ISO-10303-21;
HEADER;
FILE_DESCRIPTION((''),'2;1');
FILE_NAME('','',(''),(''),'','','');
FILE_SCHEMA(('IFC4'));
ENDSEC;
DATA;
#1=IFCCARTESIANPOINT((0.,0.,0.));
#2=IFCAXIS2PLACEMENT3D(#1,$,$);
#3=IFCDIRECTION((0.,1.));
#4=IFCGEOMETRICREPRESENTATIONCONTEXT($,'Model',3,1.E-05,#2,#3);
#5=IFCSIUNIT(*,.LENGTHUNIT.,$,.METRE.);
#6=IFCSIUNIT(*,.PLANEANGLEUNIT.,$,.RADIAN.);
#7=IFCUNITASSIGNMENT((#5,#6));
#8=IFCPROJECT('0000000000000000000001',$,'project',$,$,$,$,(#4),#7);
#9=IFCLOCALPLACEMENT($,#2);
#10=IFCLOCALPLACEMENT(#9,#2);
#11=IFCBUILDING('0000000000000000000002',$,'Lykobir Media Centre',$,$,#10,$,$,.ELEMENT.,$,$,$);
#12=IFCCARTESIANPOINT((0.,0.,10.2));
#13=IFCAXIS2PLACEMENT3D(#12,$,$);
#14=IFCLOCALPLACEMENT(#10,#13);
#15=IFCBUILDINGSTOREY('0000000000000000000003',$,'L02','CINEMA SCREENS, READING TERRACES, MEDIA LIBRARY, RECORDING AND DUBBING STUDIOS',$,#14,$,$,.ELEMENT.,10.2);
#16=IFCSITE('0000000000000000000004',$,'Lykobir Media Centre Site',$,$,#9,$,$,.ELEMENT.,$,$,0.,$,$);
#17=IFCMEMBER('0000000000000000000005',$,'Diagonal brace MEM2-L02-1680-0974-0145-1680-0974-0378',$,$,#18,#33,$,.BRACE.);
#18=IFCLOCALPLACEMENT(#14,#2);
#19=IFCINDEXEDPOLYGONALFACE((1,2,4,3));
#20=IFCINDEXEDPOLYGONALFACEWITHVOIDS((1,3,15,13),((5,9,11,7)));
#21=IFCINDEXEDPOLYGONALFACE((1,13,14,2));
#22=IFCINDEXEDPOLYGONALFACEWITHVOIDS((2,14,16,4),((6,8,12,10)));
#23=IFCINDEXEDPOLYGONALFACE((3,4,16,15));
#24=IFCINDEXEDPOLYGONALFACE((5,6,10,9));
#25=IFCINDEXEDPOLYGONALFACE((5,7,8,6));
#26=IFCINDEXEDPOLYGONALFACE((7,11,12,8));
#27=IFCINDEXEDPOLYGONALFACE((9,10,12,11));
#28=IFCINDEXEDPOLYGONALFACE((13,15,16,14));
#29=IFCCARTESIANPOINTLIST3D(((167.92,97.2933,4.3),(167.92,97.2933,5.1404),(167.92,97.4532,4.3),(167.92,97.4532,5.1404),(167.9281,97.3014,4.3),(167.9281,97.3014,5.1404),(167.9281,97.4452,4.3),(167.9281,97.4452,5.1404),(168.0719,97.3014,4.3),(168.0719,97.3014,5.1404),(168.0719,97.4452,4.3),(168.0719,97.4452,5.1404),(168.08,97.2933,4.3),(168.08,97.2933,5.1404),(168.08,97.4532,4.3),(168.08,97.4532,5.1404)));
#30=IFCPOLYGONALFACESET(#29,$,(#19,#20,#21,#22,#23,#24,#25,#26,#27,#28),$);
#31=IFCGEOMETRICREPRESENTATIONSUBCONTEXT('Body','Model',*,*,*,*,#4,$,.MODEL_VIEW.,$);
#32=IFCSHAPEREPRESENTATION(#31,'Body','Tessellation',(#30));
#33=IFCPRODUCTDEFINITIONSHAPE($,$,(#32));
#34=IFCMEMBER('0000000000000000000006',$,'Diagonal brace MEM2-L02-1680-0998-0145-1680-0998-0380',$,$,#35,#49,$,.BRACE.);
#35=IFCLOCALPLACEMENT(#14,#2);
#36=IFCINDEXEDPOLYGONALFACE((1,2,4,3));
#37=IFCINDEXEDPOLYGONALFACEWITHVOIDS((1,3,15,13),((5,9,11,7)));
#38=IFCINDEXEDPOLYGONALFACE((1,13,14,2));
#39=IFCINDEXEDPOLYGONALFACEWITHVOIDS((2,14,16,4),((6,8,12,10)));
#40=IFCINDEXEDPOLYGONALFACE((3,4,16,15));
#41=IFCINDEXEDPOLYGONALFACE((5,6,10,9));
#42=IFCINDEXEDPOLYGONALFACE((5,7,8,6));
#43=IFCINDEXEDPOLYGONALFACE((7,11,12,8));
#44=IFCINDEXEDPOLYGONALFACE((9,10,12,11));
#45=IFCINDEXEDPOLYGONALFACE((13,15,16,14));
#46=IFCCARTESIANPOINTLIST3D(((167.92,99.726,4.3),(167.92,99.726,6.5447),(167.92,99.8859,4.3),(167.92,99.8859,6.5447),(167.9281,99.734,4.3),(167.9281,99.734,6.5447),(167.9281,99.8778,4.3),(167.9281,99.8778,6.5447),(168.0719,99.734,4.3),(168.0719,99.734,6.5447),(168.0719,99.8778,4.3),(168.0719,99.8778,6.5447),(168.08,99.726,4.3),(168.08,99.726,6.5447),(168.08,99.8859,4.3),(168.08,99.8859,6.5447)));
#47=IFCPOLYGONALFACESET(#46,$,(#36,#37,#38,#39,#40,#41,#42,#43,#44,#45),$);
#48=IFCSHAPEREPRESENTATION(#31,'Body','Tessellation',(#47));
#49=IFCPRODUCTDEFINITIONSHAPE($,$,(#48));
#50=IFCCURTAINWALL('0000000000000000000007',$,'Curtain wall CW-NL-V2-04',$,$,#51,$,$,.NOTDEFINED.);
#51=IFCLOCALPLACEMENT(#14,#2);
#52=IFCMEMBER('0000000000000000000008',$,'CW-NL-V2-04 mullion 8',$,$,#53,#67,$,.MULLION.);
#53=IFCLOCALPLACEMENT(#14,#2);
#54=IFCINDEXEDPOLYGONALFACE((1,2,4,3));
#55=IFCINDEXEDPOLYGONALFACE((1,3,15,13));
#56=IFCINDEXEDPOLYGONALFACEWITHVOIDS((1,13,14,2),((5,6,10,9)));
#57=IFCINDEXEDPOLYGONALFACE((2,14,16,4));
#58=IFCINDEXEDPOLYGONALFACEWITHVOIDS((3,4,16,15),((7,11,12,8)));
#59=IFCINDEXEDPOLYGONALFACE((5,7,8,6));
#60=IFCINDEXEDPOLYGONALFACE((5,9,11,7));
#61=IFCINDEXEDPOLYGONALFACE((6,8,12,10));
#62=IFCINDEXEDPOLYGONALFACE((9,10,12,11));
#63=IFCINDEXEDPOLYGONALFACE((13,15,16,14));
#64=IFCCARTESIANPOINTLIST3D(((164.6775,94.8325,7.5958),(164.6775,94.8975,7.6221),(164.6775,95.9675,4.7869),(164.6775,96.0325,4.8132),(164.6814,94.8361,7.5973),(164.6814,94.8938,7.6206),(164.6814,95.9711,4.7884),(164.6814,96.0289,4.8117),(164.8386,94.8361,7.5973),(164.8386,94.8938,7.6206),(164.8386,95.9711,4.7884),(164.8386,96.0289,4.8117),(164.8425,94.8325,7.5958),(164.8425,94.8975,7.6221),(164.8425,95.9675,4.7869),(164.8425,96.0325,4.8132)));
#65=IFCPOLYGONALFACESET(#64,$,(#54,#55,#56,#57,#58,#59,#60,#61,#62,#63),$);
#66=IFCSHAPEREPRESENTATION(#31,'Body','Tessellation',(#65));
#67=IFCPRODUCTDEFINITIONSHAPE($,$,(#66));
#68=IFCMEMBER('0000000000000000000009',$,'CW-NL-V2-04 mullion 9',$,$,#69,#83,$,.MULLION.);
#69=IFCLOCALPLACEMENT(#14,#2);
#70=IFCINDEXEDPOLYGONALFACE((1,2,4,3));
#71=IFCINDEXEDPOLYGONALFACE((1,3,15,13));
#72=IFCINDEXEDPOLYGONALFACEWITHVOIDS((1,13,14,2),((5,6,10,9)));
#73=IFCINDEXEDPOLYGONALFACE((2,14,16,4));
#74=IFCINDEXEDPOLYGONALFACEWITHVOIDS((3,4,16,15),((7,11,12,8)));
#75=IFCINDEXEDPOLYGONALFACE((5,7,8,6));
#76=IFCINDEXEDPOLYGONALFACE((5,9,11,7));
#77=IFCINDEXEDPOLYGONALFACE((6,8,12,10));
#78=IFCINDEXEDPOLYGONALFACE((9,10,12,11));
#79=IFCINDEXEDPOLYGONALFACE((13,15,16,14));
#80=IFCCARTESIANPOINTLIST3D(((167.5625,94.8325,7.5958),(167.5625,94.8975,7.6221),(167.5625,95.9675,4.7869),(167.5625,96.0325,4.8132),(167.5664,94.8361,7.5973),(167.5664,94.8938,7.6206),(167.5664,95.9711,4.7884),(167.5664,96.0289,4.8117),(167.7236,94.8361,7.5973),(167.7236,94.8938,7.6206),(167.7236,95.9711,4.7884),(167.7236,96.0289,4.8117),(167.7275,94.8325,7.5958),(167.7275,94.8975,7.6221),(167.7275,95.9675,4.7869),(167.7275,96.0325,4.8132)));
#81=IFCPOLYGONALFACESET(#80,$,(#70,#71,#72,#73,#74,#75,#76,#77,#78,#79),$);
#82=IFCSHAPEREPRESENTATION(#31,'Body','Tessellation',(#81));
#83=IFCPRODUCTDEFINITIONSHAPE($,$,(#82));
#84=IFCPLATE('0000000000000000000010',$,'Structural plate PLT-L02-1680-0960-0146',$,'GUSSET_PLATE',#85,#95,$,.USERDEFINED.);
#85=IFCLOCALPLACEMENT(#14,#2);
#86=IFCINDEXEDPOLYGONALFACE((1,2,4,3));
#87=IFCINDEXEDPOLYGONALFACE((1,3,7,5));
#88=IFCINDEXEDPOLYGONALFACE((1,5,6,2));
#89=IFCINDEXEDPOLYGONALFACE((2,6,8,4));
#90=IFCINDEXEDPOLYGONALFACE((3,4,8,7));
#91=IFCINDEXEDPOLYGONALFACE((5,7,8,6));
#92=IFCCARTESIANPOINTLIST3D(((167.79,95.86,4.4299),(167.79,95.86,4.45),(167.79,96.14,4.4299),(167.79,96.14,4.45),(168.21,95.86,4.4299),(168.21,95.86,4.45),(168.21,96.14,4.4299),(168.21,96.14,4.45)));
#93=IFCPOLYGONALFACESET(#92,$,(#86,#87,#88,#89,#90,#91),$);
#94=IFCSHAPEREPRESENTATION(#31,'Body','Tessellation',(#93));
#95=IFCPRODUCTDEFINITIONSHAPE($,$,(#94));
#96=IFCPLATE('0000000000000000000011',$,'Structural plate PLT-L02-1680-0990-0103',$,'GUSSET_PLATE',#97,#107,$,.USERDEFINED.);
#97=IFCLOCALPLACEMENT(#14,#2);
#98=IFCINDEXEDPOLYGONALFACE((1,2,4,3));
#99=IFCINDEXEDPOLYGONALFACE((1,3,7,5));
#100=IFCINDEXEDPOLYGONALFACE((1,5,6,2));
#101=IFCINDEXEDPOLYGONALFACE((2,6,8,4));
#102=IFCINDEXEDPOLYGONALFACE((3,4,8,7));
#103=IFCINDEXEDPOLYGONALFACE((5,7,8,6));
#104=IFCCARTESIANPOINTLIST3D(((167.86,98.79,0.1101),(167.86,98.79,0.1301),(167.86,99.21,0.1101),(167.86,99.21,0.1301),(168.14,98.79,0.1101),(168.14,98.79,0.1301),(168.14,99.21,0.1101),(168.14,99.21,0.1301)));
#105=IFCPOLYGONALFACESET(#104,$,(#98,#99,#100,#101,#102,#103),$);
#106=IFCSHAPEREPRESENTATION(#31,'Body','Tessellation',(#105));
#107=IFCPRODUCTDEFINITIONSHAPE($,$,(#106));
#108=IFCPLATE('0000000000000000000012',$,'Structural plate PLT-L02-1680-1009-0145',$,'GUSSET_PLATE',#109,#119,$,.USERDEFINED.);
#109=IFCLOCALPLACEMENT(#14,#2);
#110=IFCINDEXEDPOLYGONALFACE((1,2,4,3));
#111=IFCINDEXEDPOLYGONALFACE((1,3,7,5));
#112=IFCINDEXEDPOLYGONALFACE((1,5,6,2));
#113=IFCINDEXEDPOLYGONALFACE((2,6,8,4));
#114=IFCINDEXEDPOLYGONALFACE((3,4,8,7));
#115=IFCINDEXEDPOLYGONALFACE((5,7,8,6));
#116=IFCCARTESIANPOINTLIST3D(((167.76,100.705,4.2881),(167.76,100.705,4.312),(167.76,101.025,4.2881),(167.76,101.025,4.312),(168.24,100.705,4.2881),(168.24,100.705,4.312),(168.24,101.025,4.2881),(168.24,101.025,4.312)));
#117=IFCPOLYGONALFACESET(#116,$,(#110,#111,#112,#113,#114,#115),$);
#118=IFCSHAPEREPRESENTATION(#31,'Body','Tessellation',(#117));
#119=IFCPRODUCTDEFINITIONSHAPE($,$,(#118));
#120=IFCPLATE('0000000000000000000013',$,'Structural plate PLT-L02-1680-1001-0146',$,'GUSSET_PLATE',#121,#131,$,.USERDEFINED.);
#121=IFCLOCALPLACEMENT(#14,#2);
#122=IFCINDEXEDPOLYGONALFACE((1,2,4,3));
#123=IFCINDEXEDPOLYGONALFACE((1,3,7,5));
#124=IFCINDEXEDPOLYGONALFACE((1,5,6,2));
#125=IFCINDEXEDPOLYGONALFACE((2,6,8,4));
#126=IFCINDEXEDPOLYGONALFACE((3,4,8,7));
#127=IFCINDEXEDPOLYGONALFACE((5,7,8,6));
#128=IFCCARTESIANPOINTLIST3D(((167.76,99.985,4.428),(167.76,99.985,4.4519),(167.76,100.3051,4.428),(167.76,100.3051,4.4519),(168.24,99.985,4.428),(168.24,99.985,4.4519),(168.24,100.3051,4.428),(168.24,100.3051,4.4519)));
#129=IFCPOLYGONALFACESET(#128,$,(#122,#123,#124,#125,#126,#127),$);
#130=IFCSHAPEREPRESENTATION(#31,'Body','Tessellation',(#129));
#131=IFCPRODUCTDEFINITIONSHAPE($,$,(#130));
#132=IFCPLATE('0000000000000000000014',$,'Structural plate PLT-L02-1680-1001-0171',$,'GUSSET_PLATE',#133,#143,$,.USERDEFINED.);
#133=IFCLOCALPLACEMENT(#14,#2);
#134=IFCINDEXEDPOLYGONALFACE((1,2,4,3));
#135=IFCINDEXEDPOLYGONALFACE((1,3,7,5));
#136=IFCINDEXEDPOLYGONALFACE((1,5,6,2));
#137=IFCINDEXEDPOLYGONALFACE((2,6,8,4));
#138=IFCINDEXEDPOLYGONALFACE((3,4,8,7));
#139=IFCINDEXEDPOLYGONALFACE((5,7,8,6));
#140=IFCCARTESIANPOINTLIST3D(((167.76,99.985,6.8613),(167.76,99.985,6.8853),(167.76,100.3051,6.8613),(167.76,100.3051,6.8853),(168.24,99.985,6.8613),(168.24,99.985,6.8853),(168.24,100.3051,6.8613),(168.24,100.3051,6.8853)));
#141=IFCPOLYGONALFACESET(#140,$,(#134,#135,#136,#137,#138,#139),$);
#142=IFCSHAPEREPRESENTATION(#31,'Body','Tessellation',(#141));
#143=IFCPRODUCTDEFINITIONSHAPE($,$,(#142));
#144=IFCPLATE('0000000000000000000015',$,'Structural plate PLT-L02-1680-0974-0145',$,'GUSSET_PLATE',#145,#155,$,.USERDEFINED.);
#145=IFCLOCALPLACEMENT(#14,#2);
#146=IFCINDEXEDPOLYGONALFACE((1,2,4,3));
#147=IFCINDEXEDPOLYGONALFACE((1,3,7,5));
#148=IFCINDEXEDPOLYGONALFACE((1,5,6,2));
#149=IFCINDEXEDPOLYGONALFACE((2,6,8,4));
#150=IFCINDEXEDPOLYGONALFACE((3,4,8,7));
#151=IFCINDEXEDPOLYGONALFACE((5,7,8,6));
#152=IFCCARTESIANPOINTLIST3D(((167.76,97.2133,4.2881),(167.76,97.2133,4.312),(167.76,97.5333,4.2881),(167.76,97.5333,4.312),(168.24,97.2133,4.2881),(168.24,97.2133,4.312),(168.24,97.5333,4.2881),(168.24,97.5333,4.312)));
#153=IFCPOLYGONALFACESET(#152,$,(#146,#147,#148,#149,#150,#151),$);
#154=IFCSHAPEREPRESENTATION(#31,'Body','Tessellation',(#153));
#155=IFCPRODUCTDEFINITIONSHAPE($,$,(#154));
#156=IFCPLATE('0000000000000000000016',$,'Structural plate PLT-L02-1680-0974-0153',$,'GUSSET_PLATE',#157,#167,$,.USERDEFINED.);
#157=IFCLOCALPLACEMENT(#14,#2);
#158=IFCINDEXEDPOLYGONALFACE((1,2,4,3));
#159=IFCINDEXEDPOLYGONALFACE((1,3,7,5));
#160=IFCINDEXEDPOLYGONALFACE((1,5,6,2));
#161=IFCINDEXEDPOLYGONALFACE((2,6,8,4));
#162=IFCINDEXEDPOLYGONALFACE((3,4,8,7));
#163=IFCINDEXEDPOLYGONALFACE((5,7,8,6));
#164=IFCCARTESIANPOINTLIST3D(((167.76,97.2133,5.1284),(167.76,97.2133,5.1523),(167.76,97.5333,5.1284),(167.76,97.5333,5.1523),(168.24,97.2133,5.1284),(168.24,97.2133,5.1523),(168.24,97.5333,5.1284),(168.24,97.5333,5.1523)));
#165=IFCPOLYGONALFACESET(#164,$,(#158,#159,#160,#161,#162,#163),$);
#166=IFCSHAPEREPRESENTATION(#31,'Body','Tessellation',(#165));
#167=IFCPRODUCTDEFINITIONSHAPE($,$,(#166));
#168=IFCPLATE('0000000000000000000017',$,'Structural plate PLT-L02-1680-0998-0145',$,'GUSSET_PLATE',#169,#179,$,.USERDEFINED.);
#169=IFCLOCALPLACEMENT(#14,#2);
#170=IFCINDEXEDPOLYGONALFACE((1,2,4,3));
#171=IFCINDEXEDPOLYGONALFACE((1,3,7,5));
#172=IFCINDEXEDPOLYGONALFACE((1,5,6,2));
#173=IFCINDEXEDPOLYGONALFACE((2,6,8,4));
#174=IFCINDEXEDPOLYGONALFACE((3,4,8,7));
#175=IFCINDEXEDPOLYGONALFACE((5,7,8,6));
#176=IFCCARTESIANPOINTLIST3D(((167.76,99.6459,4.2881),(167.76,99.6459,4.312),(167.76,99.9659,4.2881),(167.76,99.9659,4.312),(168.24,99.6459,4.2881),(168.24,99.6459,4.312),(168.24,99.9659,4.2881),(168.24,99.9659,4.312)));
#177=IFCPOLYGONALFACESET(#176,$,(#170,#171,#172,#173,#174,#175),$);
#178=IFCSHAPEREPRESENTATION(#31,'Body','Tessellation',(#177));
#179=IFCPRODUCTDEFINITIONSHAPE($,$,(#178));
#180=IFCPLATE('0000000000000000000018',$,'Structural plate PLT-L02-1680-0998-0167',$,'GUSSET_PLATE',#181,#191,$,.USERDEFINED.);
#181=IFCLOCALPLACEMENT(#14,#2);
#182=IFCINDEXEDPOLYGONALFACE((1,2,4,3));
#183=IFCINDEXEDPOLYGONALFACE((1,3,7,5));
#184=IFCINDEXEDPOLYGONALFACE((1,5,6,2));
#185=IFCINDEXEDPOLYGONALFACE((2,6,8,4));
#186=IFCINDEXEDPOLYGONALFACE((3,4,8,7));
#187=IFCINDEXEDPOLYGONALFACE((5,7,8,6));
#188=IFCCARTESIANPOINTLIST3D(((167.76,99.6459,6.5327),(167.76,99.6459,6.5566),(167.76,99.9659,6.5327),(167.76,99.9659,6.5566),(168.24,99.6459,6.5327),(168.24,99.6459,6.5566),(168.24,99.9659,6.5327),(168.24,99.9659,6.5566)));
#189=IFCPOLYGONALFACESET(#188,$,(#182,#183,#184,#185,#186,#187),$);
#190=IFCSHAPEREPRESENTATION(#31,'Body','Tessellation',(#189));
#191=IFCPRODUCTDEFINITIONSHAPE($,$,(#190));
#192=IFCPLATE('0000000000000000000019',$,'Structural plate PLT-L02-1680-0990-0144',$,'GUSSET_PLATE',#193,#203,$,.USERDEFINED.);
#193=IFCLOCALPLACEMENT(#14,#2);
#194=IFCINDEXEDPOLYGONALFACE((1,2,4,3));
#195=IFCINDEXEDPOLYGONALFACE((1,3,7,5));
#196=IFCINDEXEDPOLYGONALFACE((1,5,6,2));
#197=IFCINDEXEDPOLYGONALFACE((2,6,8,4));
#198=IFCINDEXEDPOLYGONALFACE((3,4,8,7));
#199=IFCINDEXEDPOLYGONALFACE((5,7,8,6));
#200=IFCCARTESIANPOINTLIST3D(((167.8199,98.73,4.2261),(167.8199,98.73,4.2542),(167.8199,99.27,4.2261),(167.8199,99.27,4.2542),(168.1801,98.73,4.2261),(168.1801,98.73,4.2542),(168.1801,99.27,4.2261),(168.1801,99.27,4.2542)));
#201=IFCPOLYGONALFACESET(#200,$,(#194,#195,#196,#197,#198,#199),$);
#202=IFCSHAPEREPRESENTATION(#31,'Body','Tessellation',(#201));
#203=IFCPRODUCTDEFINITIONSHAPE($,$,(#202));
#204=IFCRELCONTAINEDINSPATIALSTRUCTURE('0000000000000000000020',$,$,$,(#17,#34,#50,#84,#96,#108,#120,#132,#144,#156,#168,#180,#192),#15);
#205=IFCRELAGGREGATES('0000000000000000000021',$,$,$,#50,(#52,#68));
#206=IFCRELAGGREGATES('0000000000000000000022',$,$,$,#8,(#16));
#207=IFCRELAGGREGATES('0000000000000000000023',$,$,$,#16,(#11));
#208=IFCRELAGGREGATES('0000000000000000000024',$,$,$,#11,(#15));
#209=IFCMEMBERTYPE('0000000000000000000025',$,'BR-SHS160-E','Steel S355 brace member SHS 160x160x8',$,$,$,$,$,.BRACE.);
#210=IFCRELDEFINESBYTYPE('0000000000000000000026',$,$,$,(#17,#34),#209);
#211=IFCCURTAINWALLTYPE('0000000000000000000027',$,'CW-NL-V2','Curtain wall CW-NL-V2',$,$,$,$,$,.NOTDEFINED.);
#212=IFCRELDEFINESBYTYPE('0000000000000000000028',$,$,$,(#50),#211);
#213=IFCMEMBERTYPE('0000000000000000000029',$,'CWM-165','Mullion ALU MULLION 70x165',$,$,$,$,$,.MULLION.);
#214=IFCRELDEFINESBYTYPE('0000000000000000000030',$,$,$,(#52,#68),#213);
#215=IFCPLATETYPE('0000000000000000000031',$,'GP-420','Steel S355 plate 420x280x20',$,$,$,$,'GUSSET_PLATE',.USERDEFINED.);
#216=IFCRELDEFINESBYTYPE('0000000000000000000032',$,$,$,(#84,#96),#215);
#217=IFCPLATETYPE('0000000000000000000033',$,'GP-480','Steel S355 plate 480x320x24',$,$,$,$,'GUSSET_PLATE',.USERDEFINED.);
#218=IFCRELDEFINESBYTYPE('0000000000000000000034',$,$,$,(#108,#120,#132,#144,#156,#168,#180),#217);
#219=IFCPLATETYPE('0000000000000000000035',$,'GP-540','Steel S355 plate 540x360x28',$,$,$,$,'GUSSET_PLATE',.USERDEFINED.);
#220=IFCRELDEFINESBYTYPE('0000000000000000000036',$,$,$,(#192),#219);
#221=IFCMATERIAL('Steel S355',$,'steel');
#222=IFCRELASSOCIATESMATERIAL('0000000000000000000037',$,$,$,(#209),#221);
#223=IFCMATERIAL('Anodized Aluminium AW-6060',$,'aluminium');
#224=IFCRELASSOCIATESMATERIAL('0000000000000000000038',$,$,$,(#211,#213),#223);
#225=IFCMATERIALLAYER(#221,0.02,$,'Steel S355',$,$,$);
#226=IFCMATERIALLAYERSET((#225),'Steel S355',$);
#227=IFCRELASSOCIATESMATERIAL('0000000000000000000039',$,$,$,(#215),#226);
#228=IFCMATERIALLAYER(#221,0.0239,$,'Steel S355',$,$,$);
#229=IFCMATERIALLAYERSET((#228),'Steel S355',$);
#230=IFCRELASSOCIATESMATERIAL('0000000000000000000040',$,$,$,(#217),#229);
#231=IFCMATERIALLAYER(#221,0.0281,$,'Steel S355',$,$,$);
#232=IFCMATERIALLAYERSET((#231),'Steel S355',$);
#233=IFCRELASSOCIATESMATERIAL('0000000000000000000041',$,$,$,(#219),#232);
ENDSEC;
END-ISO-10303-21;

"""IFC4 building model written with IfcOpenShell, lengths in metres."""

from ifc_helpers import new_model, si_unit, direction, frame, origin, origin_2d, place, context, subcontext, project, spatial, rectangle, hollow_rectangle, extrude, material, layer, layer_set, material_profile, profile_set, type_object, element, aggregate, save


model = new_model("IFC4")

# Units and contexts
model_context = context("Model", 3, precision=1e-05, world=origin(), true_north=direction((0.0, 1.0)))
body_context = subcontext(model_context, "Body", "Model", "MODEL_VIEW")
ifc_project = project(units=[si_unit("LENGTHUNIT", "METRE"), si_unit("PLANEANGLEUNIT", "RADIAN")], contexts=[model_context])

# Site, building, storey
site_placement = place(None, origin())
site = spatial("IfcSite", under=ifc_project, at=site_placement, Name="Lykobir Media Centre Site", CompositionType="ELEMENT", RefElevation=0.0)
building_placement = place(site_placement, origin())
building = spatial("IfcBuilding", under=site, at=building_placement, Name="Lykobir Media Centre", CompositionType="ELEMENT")
storey_placement = place(building_placement, frame((0.0, 0.0, 10.2)))
storey = spatial("IfcBuildingStorey", under=building, at=storey_placement, Name="L02", Description="CINEMA SCREENS, READING TERRACES, MEDIA LIBRARY, RECORDING AND DUBBING STUDIOS", CompositionType="ELEMENT", Elevation=10.2)

# Shared definitions
ifc_material_1 = material(Name="Steel S355", Category="steel")

# Members
ifc_material_profile_1 = material_profile(ifc_material_1, hollow_rectangle(XDim=0.1599, YDim=0.1599, WallThickness=0.0081, at=origin_2d()), Name="SHS 160x160x8")
ifc_profile_set_1 = profile_set([ifc_material_profile_1], Name="Steel S355")
member_type_1 = type_object("IfcMemberType", Name="BR-SHS160-E", Description="Steel S355 brace member SHS 160x160x8", PredefinedType="BRACE", material=ifc_profile_set_1)
member_1_placement = place(storey_placement, frame((168.0, 97.3733, 4.3), z_axis=(0.0, 0.0, 1.0), x_axis=(1.0, 0.0, 0.0)))
element("IfcMember", 1, at=member_1_placement, inside=storey, type_object=member_type_1, Name="Diagonal brace MEM2-L02-1680-0974-0145-1680-0974-0378", PredefinedType="BRACE", context=body_context, shape_type="SweptSolid", body=[
    extrude(hollow_rectangle(XDim=0.1599, YDim=0.1599, WallThickness=0.0081, at=origin_2d()), origin(), (0.0, 0.0, 1.0), 0.8403),
])
member_2_placement = place(storey_placement, frame((168.0, 99.8059, 4.3), z_axis=(0.0, 0.0, 1.0), x_axis=(1.0, 0.0, 0.0)))
element("IfcMember", 2, at=member_2_placement, inside=storey, type_object=member_type_1, Name="Diagonal brace MEM2-L02-1680-0998-0145-1680-0998-0380", PredefinedType="BRACE", context=body_context, shape_type="SweptSolid", body=[
    extrude(hollow_rectangle(XDim=0.1599, YDim=0.1599, WallThickness=0.0081, at=origin_2d()), origin(), (0.0, 0.0, 1.0), 2.2446),
])

# Curtain wall, members
ifc_material_2 = material(Name="Anodized Aluminium AW-6060", Category="aluminium")
curtain_wall_type = type_object("IfcCurtainWallType", Name="CW-NL-V2", Description="Curtain wall CW-NL-V2", PredefinedType="NOTDEFINED", material=ifc_material_2)
curtain_wall_placement = place(storey_placement, origin())
curtain_wall = element("IfcCurtainWall", 3, at=curtain_wall_placement, inside=storey, type_object=curtain_wall_type, Name="Curtain wall CW-NL-V2-04", PredefinedType="NOTDEFINED")
ifc_material_profile_2 = material_profile(ifc_material_2, hollow_rectangle(XDim=0.0701, YDim=0.165, WallThickness=0.0039, at=origin_2d()), Name="ALU MULLION 70x165")
ifc_profile_set_2 = profile_set([ifc_material_profile_2], Name="Anodized Aluminium AW-6060")
member_type_2 = type_object("IfcMemberType", Name="CWM-165", Description="Mullion ALU MULLION 70x165", PredefinedType="MULLION", material=ifc_profile_set_2)
member_3_placement = place(storey_placement, frame((164.76, 96.0, 4.8), z_axis=(0.0, -0.374654, 0.927165), x_axis=(0.0, 0.927165, 0.374654)))
member_3 = element("IfcMember", 4, at=member_3_placement, type_object=member_type_2, Name="CW-NL-V2-04 mullion 8", PredefinedType="MULLION", context=body_context, shape_type="SweptSolid", body=[
    extrude(hollow_rectangle(XDim=0.0701, YDim=0.165, WallThickness=0.0039, at=origin_2d()), origin(), (0.0, 0.0, 1.0), 3.0295),
])
member_4_placement = place(storey_placement, frame((167.645, 96.0, 4.8), z_axis=(0.0, -0.374654, 0.927165), x_axis=(0.0, 0.927165, 0.374654)))
member_4 = element("IfcMember", 5, at=member_4_placement, type_object=member_type_2, Name="CW-NL-V2-04 mullion 9", PredefinedType="MULLION", context=body_context, shape_type="SweptSolid", body=[
    extrude(hollow_rectangle(XDim=0.0701, YDim=0.165, WallThickness=0.0039, at=origin_2d()), origin(), (0.0, 0.0, 1.0), 3.0295),
])
aggregate(curtain_wall, [member_3, member_4])

# Plates
ifc_layer_1 = layer(ifc_material_1, 0.02, Name="Steel S355")
ifc_layer_set_1 = layer_set([ifc_layer_1], Name="Steel S355")
plate_type_1 = type_object("IfcPlateType", Name="GP-420", Description="Steel S355 plate 420x280x20", ElementType="GUSSET_PLATE", PredefinedType="USERDEFINED", material=ifc_layer_set_1)
for number, where, z_axis, x_axis, name in (
    (6, (168.0, 96.0, 4.4299), (0.0, 0.0, 1.0), (1.0, 0.0, 0.0), "Structural plate PLT-L02-1680-0960-0146"),
    (7, (168.0, 99.0, 0.1101), (0.0, 0.0, 1.0), (0.0, 1.0, 0.0), "Structural plate PLT-L02-1680-0990-0103"),
):
    element("IfcPlate", number, at=place(storey_placement, frame(where, z_axis=z_axis, x_axis=x_axis)), inside=storey, type_object=plate_type_1, Name=name, ObjectType="GUSSET_PLATE", PredefinedType="USERDEFINED", context=body_context, shape_type="SweptSolid", body=[
        extrude(rectangle(XDim=0.4199, YDim=0.28, at=origin_2d()), origin(), (0.0, 0.0, 1.0), 0.02),
    ])
ifc_layer_2 = layer(ifc_material_1, 0.0239, Name="Steel S355")
ifc_layer_set_2 = layer_set([ifc_layer_2], Name="Steel S355")
plate_type_2 = type_object("IfcPlateType", Name="GP-480", Description="Steel S355 plate 480x320x24", ElementType="GUSSET_PLATE", PredefinedType="USERDEFINED", material=ifc_layer_set_2)
for number, where, z_axis, x_axis, name in (
    (8, (168.0, 100.865, 4.2881), (0.0, 0.0, 1.0), (1.0, 0.0, 0.0), "Structural plate PLT-L02-1680-1009-0145"),
    (9, (168.0, 100.145, 4.428), (0.0, 0.0, 1.0), (1.0, 0.0, 0.0), "Structural plate PLT-L02-1680-1001-0146"),
    (10, (168.0, 100.145, 6.8613), (0.0, 0.0, 1.0), (1.0, 0.0, 0.0), "Structural plate PLT-L02-1680-1001-0171"),
    (11, (168.0, 97.3733, 4.2881), (0.0, 0.0, 1.0), (1.0, 0.0, 0.0), "Structural plate PLT-L02-1680-0974-0145"),
    (12, (168.0, 97.3733, 5.1284), (0.0, 0.0, 1.0), (1.0, 0.0, 0.0), "Structural plate PLT-L02-1680-0974-0153"),
    (13, (168.0, 99.8059, 4.2881), (0.0, 0.0, 1.0), (1.0, 0.0, 0.0), "Structural plate PLT-L02-1680-0998-0145"),
    (14, (168.0, 99.8059, 6.5327), (0.0, 0.0, 1.0), (1.0, 0.0, 0.0), "Structural plate PLT-L02-1680-0998-0167"),
):
    element("IfcPlate", number, at=place(storey_placement, frame(where, z_axis=z_axis, x_axis=x_axis)), inside=storey, type_object=plate_type_2, Name=name, ObjectType="GUSSET_PLATE", PredefinedType="USERDEFINED", context=body_context, shape_type="SweptSolid", body=[
        extrude(rectangle(XDim=0.48, YDim=0.3201, at=origin_2d()), origin(), (0.0, 0.0, 1.0), 0.0239),
    ])
ifc_layer_3 = layer(ifc_material_1, 0.0281, Name="Steel S355")
ifc_layer_set_3 = layer_set([ifc_layer_3], Name="Steel S355")
plate_type_3 = type_object("IfcPlateType", Name="GP-540", Description="Steel S355 plate 540x360x28", ElementType="GUSSET_PLATE", PredefinedType="USERDEFINED", material=ifc_layer_set_3)
plate_placement = place(storey_placement, frame((168.0, 99.0, 4.2261), z_axis=(0.0, 0.0, 1.0), x_axis=(0.0, 1.0, 0.0)))
element("IfcPlate", 15, at=plate_placement, inside=storey, type_object=plate_type_3, Name="Structural plate PLT-L02-1680-0990-0144", ObjectType="GUSSET_PLATE", PredefinedType="USERDEFINED", context=body_context, shape_type="SweptSolid", body=[
    extrude(rectangle(XDim=0.54, YDim=0.3601, at=origin_2d()), origin(), (0.0, 0.0, 1.0), 0.0281),
])

save(model, "model.ifc")
